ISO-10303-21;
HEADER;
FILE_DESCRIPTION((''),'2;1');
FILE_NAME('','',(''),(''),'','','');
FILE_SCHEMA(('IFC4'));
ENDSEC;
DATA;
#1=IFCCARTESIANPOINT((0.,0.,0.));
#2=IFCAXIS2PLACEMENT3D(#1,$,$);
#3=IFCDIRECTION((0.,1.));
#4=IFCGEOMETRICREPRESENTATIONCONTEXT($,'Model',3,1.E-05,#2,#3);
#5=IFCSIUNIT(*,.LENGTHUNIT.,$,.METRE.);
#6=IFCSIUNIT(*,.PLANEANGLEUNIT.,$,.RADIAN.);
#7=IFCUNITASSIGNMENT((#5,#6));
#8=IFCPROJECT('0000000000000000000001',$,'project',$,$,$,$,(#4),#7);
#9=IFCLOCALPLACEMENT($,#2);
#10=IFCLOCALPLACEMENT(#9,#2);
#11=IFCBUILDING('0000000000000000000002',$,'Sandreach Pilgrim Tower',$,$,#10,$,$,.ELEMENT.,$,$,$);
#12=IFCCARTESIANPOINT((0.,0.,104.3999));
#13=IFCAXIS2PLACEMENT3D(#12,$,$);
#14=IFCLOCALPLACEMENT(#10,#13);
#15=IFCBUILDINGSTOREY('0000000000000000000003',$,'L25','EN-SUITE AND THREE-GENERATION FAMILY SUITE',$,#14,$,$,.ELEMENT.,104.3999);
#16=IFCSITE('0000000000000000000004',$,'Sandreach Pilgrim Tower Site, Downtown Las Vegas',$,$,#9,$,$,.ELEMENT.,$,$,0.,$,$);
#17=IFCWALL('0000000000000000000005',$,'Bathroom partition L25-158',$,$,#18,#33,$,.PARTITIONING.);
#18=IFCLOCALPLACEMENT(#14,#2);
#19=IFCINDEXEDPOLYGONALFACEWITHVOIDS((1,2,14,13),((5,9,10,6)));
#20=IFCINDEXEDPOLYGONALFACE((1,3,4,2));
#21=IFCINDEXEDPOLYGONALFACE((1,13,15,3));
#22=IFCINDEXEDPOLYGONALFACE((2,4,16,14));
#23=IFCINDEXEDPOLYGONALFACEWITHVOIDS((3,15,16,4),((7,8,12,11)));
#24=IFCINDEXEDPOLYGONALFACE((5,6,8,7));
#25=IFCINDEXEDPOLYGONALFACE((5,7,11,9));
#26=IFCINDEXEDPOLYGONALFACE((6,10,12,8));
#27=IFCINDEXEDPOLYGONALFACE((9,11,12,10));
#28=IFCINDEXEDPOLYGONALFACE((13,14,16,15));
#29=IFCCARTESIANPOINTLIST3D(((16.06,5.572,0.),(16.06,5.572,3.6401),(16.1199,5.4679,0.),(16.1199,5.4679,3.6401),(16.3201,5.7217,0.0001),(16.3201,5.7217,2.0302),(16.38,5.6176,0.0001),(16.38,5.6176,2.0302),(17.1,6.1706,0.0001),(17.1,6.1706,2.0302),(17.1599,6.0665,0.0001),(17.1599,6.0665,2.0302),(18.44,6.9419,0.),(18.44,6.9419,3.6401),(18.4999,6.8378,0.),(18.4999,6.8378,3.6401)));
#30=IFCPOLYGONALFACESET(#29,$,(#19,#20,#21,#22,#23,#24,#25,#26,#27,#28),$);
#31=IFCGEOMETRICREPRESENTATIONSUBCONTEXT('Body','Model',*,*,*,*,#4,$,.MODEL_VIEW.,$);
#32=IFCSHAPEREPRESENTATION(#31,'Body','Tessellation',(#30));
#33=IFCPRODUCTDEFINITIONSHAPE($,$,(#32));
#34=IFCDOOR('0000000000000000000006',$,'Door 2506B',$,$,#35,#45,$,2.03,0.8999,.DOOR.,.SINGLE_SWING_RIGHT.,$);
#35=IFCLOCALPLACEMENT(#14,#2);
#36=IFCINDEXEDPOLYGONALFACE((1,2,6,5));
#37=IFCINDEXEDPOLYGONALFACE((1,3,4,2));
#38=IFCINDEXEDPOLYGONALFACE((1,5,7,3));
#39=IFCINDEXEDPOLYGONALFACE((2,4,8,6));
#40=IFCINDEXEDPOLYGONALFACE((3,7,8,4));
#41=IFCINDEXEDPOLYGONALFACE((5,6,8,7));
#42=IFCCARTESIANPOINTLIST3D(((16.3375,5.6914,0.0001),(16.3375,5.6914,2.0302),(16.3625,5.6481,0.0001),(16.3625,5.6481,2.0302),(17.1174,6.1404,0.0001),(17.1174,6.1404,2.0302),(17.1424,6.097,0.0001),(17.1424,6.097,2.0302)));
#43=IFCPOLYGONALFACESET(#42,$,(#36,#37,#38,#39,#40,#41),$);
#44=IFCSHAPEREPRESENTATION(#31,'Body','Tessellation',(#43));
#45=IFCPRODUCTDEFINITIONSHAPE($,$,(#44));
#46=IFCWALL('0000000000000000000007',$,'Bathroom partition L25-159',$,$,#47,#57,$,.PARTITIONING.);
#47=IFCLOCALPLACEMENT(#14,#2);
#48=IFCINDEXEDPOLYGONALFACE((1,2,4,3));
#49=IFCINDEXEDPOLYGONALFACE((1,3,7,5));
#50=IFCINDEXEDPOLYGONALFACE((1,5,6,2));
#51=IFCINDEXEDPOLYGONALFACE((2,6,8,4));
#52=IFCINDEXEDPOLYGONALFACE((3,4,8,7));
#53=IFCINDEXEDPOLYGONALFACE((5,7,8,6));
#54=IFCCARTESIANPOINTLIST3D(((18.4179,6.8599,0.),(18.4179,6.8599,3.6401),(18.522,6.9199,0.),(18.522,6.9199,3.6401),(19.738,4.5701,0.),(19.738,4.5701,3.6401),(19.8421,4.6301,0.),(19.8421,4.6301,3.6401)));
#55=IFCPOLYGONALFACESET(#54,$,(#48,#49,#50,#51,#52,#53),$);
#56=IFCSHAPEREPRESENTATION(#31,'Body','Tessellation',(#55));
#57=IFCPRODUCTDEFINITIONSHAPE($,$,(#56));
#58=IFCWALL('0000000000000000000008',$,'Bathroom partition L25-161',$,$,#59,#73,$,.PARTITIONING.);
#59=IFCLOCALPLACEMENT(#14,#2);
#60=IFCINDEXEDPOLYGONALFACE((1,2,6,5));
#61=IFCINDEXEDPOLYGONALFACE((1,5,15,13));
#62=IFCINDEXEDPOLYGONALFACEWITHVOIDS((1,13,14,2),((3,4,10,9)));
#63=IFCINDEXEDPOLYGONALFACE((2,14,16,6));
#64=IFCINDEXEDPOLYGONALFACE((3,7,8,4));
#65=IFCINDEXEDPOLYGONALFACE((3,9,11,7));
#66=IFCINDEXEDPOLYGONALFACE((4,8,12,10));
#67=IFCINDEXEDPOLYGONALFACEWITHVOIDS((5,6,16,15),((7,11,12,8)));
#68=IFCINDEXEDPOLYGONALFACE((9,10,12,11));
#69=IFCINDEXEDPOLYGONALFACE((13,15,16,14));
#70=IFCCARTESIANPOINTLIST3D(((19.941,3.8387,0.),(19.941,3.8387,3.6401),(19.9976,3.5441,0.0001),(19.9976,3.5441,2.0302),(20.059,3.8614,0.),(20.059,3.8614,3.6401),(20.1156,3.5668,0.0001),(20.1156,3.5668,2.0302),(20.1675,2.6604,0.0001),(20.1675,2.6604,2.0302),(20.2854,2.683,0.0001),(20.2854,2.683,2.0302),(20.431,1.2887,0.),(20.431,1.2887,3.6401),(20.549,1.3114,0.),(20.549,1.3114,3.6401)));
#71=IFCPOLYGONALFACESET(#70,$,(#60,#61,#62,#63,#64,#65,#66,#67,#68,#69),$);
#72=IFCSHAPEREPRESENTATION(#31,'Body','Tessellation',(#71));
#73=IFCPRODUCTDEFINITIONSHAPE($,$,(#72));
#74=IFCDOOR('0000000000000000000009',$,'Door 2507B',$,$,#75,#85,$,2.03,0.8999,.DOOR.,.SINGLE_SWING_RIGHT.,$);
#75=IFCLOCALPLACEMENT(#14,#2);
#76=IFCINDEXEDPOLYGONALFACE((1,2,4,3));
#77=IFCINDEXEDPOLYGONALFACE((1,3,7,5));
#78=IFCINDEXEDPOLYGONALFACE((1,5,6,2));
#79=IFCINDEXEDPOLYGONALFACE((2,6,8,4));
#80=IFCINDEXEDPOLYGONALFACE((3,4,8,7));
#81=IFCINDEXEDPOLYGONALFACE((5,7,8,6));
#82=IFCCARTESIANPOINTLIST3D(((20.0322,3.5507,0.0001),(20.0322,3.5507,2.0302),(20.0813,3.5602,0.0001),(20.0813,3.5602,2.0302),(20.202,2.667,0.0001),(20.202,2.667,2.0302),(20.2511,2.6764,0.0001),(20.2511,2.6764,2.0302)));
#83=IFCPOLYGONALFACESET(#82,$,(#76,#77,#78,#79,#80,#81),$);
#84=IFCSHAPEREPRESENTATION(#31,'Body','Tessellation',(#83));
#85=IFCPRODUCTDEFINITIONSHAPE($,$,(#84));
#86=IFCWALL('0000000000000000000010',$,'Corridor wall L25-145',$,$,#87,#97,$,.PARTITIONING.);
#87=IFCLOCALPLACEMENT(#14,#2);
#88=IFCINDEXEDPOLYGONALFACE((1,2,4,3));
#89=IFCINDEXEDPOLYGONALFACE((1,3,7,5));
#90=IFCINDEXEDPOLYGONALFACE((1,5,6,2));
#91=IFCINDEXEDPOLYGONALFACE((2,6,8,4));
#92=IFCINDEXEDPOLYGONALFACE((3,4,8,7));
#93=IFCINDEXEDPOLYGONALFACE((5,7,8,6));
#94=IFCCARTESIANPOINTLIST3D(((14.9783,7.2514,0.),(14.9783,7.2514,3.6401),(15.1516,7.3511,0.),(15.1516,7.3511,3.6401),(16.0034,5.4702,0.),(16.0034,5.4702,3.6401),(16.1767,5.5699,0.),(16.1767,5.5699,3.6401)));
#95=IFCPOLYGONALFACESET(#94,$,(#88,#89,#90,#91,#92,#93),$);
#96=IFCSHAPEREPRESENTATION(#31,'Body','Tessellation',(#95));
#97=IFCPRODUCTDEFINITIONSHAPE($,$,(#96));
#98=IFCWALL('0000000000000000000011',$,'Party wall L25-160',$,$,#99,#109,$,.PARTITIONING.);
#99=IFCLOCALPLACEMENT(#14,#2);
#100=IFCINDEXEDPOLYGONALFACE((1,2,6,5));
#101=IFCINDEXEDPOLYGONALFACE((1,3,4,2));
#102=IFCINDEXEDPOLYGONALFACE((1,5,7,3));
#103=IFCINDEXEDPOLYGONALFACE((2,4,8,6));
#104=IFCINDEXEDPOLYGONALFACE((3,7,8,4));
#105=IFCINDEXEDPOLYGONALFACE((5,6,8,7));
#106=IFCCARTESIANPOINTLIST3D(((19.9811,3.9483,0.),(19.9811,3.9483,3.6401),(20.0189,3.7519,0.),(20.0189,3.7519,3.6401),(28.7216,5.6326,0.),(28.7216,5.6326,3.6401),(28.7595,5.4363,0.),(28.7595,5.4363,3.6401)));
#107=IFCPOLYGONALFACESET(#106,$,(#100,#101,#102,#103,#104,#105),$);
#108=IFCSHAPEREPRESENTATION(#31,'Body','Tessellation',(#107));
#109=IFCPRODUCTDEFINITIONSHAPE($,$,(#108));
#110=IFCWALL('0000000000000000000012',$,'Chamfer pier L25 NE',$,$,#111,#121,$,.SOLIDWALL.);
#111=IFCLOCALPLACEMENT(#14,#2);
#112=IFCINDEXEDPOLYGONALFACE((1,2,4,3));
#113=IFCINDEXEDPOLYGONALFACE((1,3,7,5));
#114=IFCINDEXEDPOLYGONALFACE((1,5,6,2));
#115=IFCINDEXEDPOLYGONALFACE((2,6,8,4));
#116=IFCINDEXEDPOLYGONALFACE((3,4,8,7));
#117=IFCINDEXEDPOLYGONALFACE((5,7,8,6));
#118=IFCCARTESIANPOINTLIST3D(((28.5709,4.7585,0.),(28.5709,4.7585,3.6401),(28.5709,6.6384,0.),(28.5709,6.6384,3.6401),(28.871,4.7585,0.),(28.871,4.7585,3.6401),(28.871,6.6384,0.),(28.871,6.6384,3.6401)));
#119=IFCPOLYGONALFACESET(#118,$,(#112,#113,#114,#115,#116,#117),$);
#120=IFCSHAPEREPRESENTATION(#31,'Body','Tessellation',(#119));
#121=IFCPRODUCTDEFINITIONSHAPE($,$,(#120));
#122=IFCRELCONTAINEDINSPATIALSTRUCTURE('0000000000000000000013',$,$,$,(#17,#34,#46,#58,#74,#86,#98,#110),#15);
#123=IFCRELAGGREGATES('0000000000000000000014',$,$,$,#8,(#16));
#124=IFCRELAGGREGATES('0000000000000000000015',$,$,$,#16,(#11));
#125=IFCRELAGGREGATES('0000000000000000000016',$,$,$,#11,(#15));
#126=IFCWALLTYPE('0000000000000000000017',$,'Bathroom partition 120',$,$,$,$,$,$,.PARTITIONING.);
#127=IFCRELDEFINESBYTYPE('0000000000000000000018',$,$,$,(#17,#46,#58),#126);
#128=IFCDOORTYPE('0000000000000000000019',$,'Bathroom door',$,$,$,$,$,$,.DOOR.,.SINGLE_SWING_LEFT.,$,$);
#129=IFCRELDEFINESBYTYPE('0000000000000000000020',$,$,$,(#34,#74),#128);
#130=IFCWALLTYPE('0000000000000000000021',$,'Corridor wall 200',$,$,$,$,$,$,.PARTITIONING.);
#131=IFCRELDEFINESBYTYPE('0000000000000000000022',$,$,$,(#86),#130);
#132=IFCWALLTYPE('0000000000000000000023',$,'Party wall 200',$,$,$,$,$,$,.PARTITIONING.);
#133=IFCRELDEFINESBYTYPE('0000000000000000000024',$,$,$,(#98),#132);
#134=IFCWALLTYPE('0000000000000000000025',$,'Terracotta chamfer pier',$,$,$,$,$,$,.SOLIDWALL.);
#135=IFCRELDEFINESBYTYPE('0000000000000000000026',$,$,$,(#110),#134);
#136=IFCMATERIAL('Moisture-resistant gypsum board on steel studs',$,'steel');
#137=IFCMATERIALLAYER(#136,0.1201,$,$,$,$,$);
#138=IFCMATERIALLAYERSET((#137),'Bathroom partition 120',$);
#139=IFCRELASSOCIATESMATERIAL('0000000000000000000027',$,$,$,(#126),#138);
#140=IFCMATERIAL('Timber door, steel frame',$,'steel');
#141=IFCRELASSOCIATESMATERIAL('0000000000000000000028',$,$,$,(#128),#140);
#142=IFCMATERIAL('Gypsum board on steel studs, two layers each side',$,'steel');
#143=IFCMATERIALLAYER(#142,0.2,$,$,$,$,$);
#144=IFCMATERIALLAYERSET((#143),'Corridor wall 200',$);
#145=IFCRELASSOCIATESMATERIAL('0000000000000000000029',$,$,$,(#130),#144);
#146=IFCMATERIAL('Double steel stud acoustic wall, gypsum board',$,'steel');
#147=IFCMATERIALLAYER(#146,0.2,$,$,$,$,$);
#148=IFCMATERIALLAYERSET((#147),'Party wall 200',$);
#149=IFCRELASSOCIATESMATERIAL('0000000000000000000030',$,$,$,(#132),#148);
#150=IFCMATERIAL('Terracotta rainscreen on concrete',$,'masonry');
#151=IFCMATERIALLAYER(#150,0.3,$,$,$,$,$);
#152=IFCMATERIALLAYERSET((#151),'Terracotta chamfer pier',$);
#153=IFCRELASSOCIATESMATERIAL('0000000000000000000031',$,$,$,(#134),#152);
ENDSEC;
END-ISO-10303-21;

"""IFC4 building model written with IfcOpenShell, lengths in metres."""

from ifc_helpers import new_model, si_unit, direction, frame, frame_2d, origin, place, context, subcontext, project, spatial, rectangle, extrude, material, layer, layer_set, type_object, element, fill, save


model = new_model("IFC4")

# Units and contexts
model_context = context("Model", 3, precision=1e-05, world=origin(), true_north=direction((0.0, 1.0)))
body_context = subcontext(model_context, "Body", "Model", "MODEL_VIEW")
ifc_project = project(units=[si_unit("LENGTHUNIT", "METRE"), si_unit("PLANEANGLEUNIT", "RADIAN")], contexts=[model_context])

# Site, building, storey
site_placement = place(None, origin())
site = spatial("IfcSite", under=ifc_project, at=site_placement, Name="Sandreach Pilgrim Tower Site, Downtown Las Vegas", CompositionType="ELEMENT", RefElevation=0.0)
building_placement = place(site_placement, origin())
building = spatial("IfcBuilding", under=site, at=building_placement, Name="Sandreach Pilgrim Tower", CompositionType="ELEMENT")
storey_placement = place(building_placement, frame((0.0, 0.0, 104.3999)))
storey = spatial("IfcBuildingStorey", under=building, at=storey_placement, Name="L25", Description="EN-SUITE AND THREE-GENERATION FAMILY SUITE", CompositionType="ELEMENT", Elevation=104.3999)

# Shared definitions
ifc_material_1 = material(Name="Moisture-resistant gypsum board on steel studs", Category="steel")
ifc_layer_1 = layer(ifc_material_1, 0.1201)
ifc_layer_set_1 = layer_set([ifc_layer_1], Name="Bathroom partition 120")
wall_type_1 = type_object("IfcWallType", Name="Bathroom partition 120", PredefinedType="PARTITIONING", material=ifc_layer_set_1)

# Wall, opening, door
wall_1_placement = place(storey_placement, frame((18.47, 6.8899, 0.0), z_axis=(0.0, 0.0, 1.0), x_axis=(-0.86668, -0.498865, 0.0)))
wall_1 = element("IfcWall", 1, at=wall_1_placement, inside=storey, type_object=wall_type_1, Name="Bathroom partition L25-158", PredefinedType="PARTITIONING", context=body_context, shape_type="SweptSolid", body=[
    extrude(rectangle(XDim=2.7461, YDim=0.1201, at=frame_2d((1.373, 0.0))), origin(), (0.0, 0.0, 1.0), 3.6401),
])
opening_1_placement = place(wall_1_placement, frame((1.5461, 0.0, 0.0)))
opening_1 = element("IfcOpeningElement", 2, at=opening_1_placement, cuts=wall_1, PredefinedType="OPENING", context=body_context, shape_type="SweptSolid", body=[
    extrude(rectangle(XDim=0.8999, YDim=2.03, at=frame_2d((0.45, 1.0151))), frame((0.0, 0.0601, 0.0), z_axis=(0.0, -1.0, 0.0), x_axis=(1.0, 0.0, 0.0)), (0.0, 0.0, 1.0), 0.1201),
])
ifc_material_2 = material(Name="Timber door, steel frame", Category="steel")
door_type_1 = type_object("IfcDoorType", Name="Bathroom door", OperationType="SINGLE_SWING_LEFT", PredefinedType="DOOR", material=ifc_material_2)
door_1_placement = place(opening_1_placement, origin())
door_1 = element("IfcDoor", 3, at=door_1_placement, inside=storey, type_object=door_type_1, Name="Door 2506B", OperationType="SINGLE_SWING_RIGHT", OverallHeight=2.03, OverallWidth=0.8999, PredefinedType="DOOR", context=body_context, shape_type="SweptSolid", body=[
    extrude(rectangle(XDim=0.8999, YDim=2.03, at=frame_2d((0.45, 1.0151))), frame((0.0, 0.0249, 0.0), z_axis=(0.0, -1.0, 0.0), x_axis=(1.0, 0.0, 0.0)), (0.0, 0.0, 1.0), 0.05),
])
fill(opening_1, door_1)

# Wall
wall_2_placement = place(storey_placement, frame((19.79, 4.6001, 0.0), z_axis=(0.0, 0.0, 1.0), x_axis=(-0.499448, 0.866344, 0.0)))
element("IfcWall", 4, at=wall_2_placement, inside=storey, type_object=wall_type_1, Name="Bathroom partition L25-159", PredefinedType="PARTITIONING", context=body_context, shape_type="SweptSolid", body=[
    extrude(rectangle(XDim=2.6431, YDim=0.1201, at=frame_2d((1.3215, 0.0))), origin(), (0.0, 0.0, 1.0), 3.6401),
])

# Wall, opening, door
wall_3_placement = place(storey_placement, frame((20.49, 1.3, 0.0), z_axis=(0.0, 0.0, 1.0), x_axis=(-0.188697, 0.982035, 0.0)))
wall_3 = element("IfcWall", 5, at=wall_3_placement, inside=storey, type_object=wall_type_1, Name="Bathroom partition L25-161", PredefinedType="PARTITIONING", context=body_context, shape_type="SweptSolid", body=[
    extrude(rectangle(XDim=2.5967, YDim=0.1201, at=frame_2d((1.2983, 0.0))), origin(), (0.0, 0.0, 1.0), 3.6401),
])
opening_2_placement = place(wall_3_placement, frame((1.3967, 0.0, 0.0)))
opening_2 = element("IfcOpeningElement", 6, at=opening_2_placement, cuts=wall_3, PredefinedType="OPENING", context=body_context, shape_type="SweptSolid", body=[
    extrude(rectangle(XDim=0.8999, YDim=2.03, at=frame_2d((0.45, 1.0151))), frame((0.0, 0.0601, 0.0), z_axis=(0.0, -1.0, 0.0), x_axis=(1.0, 0.0, 0.0)), (0.0, 0.0, 1.0), 0.1201),
])
door_2_placement = place(opening_2_placement, origin())
door_2 = element("IfcDoor", 7, at=door_2_placement, inside=storey, type_object=door_type_1, Name="Door 2507B", OperationType="SINGLE_SWING_RIGHT", OverallHeight=2.03, OverallWidth=0.8999, PredefinedType="DOOR", context=body_context, shape_type="SweptSolid", body=[
    extrude(rectangle(XDim=0.8999, YDim=2.03, at=frame_2d((0.45, 1.0151))), frame((0.0, 0.0249, 0.0), z_axis=(0.0, -1.0, 0.0), x_axis=(1.0, 0.0, 0.0)), (0.0, 0.0, 1.0), 0.05),
])
fill(opening_2, door_2)

# Wall
ifc_material_3 = material(Name="Gypsum board on steel studs, two layers each side", Category="steel")
ifc_layer_2 = layer(ifc_material_3, 0.2)
ifc_layer_set_2 = layer_set([ifc_layer_2], Name="Corridor wall 200")
wall_type_2 = type_object("IfcWallType", Name="Corridor wall 200", PredefinedType="PARTITIONING", material=ifc_layer_set_2)
wall_4_placement = place(storey_placement, frame((15.0649, 7.3013, 0.0), z_axis=(0.0, 0.0, 1.0), x_axis=(0.49881, -0.866711, 0.0)))
element("IfcWall", 8, at=wall_4_placement, inside=storey, type_object=wall_type_2, Name="Corridor wall L25-145", PredefinedType="PARTITIONING", context=body_context, shape_type="SweptSolid", body=[
    extrude(rectangle(XDim=2.0552, YDim=0.2, at=frame_2d((1.0276, 0.0))), origin(), (0.0, 0.0, 1.0), 3.6401),
])

# Walls
ifc_material_4 = material(Name="Double steel stud acoustic wall, gypsum board", Category="steel")
ifc_layer_3 = layer(ifc_material_4, 0.2)
ifc_layer_set_3 = layer_set([ifc_layer_3], Name="Party wall 200")
wall_type_3 = type_object("IfcWallType", Name="Party wall 200", PredefinedType="PARTITIONING", material=ifc_layer_set_3)
wall_5_placement = place(storey_placement, frame((20.0, 3.8501, 0.0), z_axis=(0.0, 0.0, 1.0), x_axis=(0.981934, 0.189223, 0.0)))
element("IfcWall", 9, at=wall_5_placement, inside=storey, type_object=wall_type_3, Name="Party wall L25-160", PredefinedType="PARTITIONING", context=body_context, shape_type="SweptSolid", body=[
    extrude(rectangle(XDim=8.9014, YDim=0.2, at=frame_2d((4.4507, 0.0))), origin(), (0.0, 0.0, 1.0), 3.6401),
])
ifc_material_5 = material(Name="Terracotta rainscreen on concrete", Category="masonry")
ifc_layer_4 = layer(ifc_material_5, 0.3)
ifc_layer_set_4 = layer_set([ifc_layer_4], Name="Terracotta chamfer pier")
wall_type_4 = type_object("IfcWallType", Name="Terracotta chamfer pier", PredefinedType="SOLIDWALL", material=ifc_layer_set_4)
wall_6_placement = place(storey_placement, frame((28.7209, 6.6384, 0.0), z_axis=(0.0, 0.0, 1.0), x_axis=(0.0, -1.0, 0.0)))
element("IfcWall", 10, at=wall_6_placement, inside=storey, type_object=wall_type_4, Name="Chamfer pier L25 NE", PredefinedType="SOLIDWALL", context=body_context, shape_type="SweptSolid", body=[
    extrude(rectangle(XDim=1.8799, YDim=0.3, at=frame_2d((0.9399, 0.0))), origin(), (0.0, 0.0, 1.0), 3.6401),
])

save(model, "model.ifc")
